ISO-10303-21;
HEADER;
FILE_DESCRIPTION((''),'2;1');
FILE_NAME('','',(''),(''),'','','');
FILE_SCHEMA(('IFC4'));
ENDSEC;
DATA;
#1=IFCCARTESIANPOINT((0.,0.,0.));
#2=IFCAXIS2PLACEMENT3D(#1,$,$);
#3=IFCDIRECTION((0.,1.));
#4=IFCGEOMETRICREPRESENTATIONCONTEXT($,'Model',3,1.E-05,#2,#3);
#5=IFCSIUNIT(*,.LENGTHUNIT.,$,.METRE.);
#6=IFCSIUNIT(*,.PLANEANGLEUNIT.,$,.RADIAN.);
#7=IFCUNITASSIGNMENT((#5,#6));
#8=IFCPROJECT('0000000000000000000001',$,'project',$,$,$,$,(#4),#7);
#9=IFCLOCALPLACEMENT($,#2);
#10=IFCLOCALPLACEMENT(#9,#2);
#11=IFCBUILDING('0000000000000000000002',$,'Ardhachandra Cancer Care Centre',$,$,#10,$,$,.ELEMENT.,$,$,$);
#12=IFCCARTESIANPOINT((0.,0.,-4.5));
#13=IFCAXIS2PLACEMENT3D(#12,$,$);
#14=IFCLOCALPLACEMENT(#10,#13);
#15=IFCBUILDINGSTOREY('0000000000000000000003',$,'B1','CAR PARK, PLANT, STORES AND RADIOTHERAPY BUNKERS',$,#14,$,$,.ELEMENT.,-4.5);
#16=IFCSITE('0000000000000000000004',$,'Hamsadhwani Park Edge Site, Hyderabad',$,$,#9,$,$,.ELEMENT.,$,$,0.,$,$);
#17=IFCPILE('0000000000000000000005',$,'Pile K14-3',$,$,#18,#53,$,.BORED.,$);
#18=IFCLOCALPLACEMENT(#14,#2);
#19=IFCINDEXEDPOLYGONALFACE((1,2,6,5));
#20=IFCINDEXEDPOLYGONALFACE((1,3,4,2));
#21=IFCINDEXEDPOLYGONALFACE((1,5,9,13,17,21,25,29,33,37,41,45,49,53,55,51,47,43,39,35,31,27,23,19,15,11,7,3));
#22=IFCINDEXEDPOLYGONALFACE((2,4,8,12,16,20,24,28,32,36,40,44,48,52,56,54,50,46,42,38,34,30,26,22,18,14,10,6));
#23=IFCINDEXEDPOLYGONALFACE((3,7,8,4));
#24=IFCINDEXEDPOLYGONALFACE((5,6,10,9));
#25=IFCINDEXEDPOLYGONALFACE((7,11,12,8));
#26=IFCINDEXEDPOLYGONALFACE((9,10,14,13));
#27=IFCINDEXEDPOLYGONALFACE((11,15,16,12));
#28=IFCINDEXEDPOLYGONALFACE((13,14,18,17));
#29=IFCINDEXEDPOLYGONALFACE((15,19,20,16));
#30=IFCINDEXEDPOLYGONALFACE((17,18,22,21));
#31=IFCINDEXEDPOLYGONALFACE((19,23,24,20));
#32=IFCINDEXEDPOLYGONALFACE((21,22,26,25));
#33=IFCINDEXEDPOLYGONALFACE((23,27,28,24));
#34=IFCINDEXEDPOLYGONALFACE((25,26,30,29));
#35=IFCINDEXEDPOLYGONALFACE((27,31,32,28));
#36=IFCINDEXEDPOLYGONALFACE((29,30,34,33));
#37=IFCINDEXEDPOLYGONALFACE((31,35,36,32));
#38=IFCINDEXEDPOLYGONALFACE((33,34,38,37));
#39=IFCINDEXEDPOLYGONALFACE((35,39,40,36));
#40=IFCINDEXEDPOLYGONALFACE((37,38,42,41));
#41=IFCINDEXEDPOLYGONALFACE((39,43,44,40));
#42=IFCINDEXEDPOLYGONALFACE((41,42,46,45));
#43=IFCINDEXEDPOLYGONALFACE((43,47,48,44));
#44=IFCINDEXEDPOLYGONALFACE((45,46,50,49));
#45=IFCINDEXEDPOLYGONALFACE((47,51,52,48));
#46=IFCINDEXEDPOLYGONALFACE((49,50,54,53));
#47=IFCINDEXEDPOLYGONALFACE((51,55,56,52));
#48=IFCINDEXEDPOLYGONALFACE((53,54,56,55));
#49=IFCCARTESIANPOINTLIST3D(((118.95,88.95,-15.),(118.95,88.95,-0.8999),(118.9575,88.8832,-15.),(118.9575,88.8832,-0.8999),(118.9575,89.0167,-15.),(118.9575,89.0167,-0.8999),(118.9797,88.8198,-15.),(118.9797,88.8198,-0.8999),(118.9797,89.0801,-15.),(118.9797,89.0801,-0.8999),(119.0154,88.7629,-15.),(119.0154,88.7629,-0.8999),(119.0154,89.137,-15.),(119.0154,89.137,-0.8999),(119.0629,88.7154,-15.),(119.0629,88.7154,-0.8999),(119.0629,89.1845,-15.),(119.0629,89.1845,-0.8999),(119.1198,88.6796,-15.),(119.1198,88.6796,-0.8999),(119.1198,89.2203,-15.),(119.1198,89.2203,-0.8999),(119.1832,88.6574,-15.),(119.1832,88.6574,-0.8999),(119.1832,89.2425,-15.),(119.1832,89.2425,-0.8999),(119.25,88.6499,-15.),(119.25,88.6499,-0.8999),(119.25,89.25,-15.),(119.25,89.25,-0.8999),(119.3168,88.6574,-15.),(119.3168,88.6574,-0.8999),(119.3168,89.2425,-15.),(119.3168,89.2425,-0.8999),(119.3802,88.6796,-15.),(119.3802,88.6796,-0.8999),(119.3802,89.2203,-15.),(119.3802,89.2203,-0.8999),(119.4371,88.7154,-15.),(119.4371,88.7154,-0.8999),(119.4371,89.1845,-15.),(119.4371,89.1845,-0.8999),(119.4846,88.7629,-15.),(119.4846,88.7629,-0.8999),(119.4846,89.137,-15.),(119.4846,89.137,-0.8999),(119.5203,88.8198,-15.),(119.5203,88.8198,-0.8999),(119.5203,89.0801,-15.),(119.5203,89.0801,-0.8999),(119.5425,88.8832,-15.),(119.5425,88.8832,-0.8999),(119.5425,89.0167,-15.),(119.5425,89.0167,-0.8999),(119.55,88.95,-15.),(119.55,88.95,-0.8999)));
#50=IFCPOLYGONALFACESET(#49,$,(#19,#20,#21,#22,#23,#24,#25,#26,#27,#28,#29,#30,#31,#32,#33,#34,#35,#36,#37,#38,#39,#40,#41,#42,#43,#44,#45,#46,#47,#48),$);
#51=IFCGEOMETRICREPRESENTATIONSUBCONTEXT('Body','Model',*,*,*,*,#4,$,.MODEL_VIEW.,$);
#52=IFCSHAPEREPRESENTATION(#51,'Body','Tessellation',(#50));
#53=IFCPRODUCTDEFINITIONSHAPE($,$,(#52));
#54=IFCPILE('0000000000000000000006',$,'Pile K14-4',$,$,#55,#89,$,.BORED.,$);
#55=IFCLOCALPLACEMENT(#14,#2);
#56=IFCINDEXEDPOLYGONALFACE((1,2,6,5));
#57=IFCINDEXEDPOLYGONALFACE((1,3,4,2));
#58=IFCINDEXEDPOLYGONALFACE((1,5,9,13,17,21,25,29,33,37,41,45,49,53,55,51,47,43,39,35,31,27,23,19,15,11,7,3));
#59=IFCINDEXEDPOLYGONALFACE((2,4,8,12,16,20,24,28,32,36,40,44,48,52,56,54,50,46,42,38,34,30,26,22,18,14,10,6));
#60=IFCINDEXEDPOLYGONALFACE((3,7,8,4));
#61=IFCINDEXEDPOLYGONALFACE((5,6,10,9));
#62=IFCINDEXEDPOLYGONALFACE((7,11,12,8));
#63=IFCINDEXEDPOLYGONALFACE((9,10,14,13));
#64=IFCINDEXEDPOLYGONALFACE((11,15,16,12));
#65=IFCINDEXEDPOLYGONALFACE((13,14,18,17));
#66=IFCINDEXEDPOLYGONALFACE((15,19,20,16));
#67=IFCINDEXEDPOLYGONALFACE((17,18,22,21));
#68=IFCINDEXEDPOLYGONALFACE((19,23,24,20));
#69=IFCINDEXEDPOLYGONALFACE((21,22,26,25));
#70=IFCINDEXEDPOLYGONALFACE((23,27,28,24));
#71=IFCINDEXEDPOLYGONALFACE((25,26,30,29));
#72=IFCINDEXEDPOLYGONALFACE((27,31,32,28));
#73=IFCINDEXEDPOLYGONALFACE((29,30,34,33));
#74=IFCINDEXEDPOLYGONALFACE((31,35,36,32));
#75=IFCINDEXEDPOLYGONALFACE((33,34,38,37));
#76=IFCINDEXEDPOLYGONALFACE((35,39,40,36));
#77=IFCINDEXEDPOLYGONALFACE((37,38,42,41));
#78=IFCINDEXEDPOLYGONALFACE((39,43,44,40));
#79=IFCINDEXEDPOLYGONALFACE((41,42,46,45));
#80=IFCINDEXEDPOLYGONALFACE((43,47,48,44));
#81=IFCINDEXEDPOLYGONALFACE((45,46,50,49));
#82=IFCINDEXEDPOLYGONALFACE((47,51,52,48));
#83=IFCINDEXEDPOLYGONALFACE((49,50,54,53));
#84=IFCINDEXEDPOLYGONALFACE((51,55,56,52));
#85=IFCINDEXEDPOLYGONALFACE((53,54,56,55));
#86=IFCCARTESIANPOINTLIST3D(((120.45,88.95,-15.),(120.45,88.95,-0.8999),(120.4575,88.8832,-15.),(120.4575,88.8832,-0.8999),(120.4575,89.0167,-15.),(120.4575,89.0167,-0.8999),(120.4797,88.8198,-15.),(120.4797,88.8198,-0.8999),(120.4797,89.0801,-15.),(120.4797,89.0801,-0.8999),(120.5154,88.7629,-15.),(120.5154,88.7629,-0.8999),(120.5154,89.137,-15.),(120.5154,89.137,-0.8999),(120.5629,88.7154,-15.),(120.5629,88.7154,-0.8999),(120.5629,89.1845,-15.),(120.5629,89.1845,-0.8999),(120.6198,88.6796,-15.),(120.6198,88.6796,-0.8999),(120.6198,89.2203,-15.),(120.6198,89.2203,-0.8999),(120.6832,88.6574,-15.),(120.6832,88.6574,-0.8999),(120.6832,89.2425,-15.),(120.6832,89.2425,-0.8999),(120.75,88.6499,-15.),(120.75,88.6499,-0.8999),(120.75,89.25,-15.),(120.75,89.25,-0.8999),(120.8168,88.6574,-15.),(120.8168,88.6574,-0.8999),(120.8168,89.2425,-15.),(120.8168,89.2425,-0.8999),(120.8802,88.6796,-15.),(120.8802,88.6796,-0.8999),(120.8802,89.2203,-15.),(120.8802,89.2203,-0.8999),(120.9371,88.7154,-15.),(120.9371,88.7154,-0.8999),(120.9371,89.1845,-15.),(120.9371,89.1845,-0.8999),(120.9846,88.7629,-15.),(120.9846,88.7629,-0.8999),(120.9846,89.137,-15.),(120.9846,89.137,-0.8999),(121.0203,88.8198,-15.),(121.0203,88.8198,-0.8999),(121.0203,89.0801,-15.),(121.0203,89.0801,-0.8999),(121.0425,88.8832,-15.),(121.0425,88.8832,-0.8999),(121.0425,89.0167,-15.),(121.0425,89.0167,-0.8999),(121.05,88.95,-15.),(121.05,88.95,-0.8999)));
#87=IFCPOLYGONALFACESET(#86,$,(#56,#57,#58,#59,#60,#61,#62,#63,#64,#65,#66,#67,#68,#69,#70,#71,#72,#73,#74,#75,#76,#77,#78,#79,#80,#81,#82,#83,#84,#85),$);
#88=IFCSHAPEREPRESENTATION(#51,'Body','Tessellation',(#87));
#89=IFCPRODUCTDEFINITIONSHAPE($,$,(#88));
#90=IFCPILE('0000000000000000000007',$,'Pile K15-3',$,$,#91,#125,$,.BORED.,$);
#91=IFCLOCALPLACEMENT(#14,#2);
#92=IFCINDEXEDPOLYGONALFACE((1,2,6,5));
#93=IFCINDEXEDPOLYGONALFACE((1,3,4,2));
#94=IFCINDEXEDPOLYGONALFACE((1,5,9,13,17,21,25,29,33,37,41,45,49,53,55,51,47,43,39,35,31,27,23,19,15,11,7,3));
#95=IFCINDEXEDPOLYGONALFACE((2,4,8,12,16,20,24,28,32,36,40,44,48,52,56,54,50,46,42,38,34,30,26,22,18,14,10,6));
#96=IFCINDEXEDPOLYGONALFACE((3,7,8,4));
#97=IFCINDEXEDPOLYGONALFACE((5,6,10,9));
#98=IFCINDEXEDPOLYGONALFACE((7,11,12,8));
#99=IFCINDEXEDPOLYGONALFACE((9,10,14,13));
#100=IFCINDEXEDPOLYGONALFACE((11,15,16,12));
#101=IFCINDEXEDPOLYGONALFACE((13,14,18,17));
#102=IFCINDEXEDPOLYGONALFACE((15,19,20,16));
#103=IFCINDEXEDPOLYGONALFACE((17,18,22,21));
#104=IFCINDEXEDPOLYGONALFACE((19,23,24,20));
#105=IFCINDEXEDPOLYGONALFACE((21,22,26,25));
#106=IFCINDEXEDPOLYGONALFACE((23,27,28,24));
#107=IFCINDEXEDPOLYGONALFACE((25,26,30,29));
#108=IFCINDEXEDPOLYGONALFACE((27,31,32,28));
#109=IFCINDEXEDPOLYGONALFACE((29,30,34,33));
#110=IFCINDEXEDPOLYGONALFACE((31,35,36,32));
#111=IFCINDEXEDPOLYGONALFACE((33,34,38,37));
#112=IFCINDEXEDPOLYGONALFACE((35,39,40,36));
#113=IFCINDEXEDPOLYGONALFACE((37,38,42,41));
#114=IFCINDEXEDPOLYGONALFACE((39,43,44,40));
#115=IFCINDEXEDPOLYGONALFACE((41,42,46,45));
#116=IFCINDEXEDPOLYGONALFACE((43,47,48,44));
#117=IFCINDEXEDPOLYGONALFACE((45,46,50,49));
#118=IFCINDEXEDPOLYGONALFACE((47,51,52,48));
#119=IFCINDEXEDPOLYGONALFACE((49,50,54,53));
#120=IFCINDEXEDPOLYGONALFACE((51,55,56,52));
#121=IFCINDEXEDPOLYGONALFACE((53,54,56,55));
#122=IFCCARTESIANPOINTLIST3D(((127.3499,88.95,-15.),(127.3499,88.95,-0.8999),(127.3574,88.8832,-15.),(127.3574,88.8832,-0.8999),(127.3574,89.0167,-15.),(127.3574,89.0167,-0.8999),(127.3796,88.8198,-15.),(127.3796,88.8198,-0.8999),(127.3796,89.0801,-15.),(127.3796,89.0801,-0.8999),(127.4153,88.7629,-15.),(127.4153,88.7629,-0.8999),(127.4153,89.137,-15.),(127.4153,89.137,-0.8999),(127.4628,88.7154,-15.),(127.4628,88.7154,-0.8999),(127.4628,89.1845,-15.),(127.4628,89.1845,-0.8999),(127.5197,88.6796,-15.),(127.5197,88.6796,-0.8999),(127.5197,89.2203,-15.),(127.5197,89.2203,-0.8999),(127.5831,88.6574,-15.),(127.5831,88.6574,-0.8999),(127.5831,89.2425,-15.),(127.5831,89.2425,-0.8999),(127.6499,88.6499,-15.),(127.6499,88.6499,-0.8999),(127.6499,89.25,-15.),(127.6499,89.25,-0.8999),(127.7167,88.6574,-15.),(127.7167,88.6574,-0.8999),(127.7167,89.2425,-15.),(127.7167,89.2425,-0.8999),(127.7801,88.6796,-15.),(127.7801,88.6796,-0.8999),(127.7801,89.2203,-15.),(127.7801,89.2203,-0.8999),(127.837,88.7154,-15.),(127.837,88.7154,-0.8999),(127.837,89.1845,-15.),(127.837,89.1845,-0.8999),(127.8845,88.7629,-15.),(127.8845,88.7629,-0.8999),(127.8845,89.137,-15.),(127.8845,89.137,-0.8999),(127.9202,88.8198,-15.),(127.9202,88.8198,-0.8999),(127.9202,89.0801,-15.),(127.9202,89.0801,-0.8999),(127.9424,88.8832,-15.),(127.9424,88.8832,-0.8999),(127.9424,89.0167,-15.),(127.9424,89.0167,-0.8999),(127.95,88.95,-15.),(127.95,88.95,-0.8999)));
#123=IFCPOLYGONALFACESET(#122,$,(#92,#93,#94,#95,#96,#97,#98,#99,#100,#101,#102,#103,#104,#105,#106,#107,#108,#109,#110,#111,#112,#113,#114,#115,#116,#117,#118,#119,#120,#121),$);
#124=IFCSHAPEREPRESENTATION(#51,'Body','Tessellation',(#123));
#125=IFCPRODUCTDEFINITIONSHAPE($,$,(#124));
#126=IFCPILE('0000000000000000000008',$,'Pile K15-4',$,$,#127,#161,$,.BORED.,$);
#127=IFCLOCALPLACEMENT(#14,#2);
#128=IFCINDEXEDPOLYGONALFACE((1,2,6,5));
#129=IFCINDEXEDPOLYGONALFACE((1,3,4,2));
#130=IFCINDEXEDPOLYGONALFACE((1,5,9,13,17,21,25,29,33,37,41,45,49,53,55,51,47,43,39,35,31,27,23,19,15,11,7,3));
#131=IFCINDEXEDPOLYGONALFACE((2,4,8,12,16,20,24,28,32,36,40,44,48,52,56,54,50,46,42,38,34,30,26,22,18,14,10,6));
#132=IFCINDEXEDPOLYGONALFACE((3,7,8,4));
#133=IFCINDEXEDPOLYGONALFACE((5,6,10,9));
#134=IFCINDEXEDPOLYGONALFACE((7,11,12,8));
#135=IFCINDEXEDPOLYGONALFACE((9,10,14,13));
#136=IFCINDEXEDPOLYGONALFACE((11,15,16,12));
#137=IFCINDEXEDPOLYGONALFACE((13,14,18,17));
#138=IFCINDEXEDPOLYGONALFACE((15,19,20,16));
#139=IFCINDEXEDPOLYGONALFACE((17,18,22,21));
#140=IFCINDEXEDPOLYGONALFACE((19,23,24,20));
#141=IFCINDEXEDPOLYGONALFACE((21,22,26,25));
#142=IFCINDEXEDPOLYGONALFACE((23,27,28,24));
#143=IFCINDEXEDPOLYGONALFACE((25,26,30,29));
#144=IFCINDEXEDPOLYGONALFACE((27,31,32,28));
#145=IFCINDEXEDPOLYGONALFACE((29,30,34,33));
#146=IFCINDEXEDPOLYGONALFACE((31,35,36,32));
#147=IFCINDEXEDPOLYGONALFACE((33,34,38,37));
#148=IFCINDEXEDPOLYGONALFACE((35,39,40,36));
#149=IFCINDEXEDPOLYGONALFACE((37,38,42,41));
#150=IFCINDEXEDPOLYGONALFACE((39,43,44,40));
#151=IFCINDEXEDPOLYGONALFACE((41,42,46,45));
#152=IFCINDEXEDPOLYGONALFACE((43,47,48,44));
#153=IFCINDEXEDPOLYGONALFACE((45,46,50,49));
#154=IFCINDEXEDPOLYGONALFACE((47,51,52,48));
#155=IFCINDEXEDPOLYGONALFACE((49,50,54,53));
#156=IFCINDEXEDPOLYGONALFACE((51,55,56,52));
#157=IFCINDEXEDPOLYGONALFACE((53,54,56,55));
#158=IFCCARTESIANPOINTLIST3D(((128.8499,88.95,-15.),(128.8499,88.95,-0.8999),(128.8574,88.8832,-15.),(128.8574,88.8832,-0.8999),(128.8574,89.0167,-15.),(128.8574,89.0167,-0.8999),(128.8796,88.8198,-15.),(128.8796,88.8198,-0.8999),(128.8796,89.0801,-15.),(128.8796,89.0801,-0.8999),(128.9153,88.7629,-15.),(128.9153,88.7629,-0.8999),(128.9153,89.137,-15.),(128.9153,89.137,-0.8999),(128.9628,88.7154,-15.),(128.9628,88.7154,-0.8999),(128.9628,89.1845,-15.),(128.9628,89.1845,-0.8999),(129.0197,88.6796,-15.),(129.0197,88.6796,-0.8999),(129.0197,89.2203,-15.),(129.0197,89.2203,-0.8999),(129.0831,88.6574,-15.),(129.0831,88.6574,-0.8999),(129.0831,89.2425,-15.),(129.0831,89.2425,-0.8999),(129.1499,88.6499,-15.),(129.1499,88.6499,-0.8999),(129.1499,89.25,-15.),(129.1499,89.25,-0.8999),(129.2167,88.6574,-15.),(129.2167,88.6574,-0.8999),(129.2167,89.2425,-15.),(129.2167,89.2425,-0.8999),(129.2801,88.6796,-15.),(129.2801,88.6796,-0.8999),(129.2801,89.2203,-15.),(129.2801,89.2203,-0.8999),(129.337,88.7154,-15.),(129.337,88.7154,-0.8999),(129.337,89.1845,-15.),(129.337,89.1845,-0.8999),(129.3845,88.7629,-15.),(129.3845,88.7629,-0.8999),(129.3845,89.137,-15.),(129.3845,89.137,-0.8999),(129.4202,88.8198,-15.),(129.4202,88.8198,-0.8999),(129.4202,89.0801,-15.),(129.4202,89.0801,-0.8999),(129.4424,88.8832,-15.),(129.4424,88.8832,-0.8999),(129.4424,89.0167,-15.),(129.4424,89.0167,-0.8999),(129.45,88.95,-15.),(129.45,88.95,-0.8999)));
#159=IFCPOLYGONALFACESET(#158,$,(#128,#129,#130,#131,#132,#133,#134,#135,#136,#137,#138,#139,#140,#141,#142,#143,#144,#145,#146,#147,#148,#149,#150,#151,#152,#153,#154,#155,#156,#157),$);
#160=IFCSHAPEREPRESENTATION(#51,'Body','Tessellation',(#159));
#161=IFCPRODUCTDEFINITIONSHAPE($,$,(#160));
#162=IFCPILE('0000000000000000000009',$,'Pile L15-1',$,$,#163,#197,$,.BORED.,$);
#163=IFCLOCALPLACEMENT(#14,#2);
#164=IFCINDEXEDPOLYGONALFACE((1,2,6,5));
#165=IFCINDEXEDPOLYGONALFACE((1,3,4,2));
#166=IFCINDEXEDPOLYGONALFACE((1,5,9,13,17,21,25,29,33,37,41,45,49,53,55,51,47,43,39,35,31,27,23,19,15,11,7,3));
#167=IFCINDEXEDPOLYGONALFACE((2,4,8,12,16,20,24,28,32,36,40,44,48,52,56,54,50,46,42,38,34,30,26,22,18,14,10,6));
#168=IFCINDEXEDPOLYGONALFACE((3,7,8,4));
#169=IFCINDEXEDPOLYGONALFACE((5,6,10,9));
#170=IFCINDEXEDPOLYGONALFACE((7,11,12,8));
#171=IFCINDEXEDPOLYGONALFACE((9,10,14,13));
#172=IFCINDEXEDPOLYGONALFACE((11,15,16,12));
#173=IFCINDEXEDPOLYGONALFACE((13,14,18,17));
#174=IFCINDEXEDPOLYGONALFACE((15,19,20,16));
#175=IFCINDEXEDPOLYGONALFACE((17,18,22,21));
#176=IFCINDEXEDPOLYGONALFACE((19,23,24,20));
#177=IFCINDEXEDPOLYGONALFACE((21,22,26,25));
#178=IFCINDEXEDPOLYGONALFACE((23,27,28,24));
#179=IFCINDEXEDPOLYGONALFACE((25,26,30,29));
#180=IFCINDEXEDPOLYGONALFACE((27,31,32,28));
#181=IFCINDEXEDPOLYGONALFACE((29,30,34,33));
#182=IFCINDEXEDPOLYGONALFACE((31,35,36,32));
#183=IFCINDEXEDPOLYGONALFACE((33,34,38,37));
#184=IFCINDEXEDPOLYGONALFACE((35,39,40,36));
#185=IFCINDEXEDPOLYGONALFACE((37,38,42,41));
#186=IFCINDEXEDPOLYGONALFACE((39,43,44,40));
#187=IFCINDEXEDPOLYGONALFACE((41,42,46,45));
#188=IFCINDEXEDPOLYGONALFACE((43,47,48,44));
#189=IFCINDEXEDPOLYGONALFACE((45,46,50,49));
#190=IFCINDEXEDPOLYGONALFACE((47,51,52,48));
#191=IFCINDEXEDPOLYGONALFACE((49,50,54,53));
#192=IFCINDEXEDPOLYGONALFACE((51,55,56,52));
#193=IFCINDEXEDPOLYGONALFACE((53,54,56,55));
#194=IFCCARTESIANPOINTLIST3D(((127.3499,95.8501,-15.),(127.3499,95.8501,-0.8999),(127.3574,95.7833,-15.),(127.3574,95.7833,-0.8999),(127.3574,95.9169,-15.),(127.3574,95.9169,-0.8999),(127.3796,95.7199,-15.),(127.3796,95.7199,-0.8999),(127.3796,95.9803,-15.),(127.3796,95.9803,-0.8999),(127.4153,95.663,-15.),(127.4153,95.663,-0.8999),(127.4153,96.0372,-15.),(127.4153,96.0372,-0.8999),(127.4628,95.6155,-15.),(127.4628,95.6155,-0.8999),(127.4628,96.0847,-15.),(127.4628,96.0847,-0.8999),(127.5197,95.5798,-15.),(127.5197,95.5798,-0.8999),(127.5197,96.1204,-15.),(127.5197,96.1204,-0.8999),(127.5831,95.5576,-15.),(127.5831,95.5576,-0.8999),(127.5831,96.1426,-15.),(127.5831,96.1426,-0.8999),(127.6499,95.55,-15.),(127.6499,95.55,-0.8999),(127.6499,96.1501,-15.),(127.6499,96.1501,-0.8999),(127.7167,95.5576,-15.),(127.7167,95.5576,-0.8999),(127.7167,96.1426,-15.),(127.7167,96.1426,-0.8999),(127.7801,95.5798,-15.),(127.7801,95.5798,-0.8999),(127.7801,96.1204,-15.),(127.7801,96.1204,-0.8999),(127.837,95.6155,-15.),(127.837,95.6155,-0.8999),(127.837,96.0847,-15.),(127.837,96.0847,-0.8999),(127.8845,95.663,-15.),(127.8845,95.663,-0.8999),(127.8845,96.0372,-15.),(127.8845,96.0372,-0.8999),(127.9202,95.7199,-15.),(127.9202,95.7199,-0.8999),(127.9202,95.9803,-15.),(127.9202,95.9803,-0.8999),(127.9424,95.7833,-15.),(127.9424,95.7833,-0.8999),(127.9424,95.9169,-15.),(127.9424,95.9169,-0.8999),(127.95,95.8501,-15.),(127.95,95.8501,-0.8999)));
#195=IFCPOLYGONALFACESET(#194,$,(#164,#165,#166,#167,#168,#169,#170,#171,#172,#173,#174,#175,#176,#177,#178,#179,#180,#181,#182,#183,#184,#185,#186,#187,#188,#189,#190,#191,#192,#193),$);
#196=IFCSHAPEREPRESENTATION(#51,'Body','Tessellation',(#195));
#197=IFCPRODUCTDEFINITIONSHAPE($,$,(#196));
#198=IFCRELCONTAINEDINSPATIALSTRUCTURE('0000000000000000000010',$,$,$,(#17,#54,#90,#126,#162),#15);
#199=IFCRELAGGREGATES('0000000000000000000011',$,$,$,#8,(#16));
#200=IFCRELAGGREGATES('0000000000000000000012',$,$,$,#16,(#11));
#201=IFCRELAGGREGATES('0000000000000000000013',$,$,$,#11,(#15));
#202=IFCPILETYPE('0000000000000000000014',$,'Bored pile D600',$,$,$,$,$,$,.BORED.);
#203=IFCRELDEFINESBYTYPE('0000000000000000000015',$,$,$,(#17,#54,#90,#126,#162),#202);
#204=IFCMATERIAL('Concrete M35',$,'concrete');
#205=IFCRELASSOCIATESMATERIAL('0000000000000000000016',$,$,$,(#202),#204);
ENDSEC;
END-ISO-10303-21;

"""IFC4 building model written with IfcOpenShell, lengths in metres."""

from ifc_helpers import new_model, si_unit, direction, frame, origin, origin_2d, place, context, subcontext, project, spatial, circle, extrude, material, material_profile, profile_set, type_object, element, save


model = new_model("IFC4")

# Units and contexts
model_context = context("Model", 3, precision=1e-05, world=origin(), true_north=direction((0.0, 1.0)))
body_context = subcontext(model_context, "Body", "Model", "MODEL_VIEW")
ifc_project = project(units=[si_unit("LENGTHUNIT", "METRE"), si_unit("PLANEANGLEUNIT", "RADIAN")], contexts=[model_context])

# Site, building, storey
site_placement = place(None, origin())
site = spatial("IfcSite", under=ifc_project, at=site_placement, Name="Hamsadhwani Park Edge Site, Hyderabad", CompositionType="ELEMENT", RefElevation=0.0)
building_placement = place(site_placement, origin())
building = spatial("IfcBuilding", under=site, at=building_placement, Name="Ardhachandra Cancer Care Centre", CompositionType="ELEMENT")
storey_placement = place(building_placement, frame((0.0, 0.0, -4.5)))
storey = spatial("IfcBuildingStorey", under=building, at=storey_placement, Name="B1", Description="CAR PARK, PLANT, STORES AND RADIOTHERAPY BUNKERS", CompositionType="ELEMENT", Elevation=-4.5)

# Piles
ifc_material_1 = material(Name="Concrete M35", Category="concrete")
ifc_material_profile_1 = material_profile(ifc_material_1, circle(Radius=0.3, at=origin_2d()), Name="D600")
ifc_profile_set_1 = profile_set([ifc_material_profile_1], Name="Concrete M35")
pile_type = type_object("IfcPileType", Name="Bored pile D600", PredefinedType="BORED", material=ifc_profile_set_1)
for number, where, z_axis, x_axis, name in (
    (1, (119.25, 88.95, -0.8999), (0.0, 0.0, -1.0), (1.0, 0.0, 0.0), "Pile K14-3"),
    (2, (120.75, 88.95, -0.8999), (0.0, 0.0, -1.0), (1.0, 0.0, 0.0), "Pile K14-4"),
    (3, (127.6499, 88.95, -0.8999), (0.0, 0.0, -1.0), (1.0, 0.0, 0.0), "Pile K15-3"),
    (4, (129.1499, 88.95, -0.8999), (0.0, 0.0, -1.0), (1.0, 0.0, 0.0), "Pile K15-4"),
    (5, (127.6499, 95.8501, -0.8999), (0.0, 0.0, -1.0), (1.0, 0.0, 0.0), "Pile L15-1"),
):
    element("IfcPile", number, at=place(storey_placement, frame(where, z_axis=z_axis, x_axis=x_axis)), inside=storey, type_object=pile_type, Name=name, PredefinedType="BORED", context=body_context, shape_type="SweptSolid", body=[
        extrude(circle(Radius=0.3, at=origin_2d()), origin(), (0.0, 0.0, 1.0), 14.1001),
    ])

save(model, "model.ifc")
